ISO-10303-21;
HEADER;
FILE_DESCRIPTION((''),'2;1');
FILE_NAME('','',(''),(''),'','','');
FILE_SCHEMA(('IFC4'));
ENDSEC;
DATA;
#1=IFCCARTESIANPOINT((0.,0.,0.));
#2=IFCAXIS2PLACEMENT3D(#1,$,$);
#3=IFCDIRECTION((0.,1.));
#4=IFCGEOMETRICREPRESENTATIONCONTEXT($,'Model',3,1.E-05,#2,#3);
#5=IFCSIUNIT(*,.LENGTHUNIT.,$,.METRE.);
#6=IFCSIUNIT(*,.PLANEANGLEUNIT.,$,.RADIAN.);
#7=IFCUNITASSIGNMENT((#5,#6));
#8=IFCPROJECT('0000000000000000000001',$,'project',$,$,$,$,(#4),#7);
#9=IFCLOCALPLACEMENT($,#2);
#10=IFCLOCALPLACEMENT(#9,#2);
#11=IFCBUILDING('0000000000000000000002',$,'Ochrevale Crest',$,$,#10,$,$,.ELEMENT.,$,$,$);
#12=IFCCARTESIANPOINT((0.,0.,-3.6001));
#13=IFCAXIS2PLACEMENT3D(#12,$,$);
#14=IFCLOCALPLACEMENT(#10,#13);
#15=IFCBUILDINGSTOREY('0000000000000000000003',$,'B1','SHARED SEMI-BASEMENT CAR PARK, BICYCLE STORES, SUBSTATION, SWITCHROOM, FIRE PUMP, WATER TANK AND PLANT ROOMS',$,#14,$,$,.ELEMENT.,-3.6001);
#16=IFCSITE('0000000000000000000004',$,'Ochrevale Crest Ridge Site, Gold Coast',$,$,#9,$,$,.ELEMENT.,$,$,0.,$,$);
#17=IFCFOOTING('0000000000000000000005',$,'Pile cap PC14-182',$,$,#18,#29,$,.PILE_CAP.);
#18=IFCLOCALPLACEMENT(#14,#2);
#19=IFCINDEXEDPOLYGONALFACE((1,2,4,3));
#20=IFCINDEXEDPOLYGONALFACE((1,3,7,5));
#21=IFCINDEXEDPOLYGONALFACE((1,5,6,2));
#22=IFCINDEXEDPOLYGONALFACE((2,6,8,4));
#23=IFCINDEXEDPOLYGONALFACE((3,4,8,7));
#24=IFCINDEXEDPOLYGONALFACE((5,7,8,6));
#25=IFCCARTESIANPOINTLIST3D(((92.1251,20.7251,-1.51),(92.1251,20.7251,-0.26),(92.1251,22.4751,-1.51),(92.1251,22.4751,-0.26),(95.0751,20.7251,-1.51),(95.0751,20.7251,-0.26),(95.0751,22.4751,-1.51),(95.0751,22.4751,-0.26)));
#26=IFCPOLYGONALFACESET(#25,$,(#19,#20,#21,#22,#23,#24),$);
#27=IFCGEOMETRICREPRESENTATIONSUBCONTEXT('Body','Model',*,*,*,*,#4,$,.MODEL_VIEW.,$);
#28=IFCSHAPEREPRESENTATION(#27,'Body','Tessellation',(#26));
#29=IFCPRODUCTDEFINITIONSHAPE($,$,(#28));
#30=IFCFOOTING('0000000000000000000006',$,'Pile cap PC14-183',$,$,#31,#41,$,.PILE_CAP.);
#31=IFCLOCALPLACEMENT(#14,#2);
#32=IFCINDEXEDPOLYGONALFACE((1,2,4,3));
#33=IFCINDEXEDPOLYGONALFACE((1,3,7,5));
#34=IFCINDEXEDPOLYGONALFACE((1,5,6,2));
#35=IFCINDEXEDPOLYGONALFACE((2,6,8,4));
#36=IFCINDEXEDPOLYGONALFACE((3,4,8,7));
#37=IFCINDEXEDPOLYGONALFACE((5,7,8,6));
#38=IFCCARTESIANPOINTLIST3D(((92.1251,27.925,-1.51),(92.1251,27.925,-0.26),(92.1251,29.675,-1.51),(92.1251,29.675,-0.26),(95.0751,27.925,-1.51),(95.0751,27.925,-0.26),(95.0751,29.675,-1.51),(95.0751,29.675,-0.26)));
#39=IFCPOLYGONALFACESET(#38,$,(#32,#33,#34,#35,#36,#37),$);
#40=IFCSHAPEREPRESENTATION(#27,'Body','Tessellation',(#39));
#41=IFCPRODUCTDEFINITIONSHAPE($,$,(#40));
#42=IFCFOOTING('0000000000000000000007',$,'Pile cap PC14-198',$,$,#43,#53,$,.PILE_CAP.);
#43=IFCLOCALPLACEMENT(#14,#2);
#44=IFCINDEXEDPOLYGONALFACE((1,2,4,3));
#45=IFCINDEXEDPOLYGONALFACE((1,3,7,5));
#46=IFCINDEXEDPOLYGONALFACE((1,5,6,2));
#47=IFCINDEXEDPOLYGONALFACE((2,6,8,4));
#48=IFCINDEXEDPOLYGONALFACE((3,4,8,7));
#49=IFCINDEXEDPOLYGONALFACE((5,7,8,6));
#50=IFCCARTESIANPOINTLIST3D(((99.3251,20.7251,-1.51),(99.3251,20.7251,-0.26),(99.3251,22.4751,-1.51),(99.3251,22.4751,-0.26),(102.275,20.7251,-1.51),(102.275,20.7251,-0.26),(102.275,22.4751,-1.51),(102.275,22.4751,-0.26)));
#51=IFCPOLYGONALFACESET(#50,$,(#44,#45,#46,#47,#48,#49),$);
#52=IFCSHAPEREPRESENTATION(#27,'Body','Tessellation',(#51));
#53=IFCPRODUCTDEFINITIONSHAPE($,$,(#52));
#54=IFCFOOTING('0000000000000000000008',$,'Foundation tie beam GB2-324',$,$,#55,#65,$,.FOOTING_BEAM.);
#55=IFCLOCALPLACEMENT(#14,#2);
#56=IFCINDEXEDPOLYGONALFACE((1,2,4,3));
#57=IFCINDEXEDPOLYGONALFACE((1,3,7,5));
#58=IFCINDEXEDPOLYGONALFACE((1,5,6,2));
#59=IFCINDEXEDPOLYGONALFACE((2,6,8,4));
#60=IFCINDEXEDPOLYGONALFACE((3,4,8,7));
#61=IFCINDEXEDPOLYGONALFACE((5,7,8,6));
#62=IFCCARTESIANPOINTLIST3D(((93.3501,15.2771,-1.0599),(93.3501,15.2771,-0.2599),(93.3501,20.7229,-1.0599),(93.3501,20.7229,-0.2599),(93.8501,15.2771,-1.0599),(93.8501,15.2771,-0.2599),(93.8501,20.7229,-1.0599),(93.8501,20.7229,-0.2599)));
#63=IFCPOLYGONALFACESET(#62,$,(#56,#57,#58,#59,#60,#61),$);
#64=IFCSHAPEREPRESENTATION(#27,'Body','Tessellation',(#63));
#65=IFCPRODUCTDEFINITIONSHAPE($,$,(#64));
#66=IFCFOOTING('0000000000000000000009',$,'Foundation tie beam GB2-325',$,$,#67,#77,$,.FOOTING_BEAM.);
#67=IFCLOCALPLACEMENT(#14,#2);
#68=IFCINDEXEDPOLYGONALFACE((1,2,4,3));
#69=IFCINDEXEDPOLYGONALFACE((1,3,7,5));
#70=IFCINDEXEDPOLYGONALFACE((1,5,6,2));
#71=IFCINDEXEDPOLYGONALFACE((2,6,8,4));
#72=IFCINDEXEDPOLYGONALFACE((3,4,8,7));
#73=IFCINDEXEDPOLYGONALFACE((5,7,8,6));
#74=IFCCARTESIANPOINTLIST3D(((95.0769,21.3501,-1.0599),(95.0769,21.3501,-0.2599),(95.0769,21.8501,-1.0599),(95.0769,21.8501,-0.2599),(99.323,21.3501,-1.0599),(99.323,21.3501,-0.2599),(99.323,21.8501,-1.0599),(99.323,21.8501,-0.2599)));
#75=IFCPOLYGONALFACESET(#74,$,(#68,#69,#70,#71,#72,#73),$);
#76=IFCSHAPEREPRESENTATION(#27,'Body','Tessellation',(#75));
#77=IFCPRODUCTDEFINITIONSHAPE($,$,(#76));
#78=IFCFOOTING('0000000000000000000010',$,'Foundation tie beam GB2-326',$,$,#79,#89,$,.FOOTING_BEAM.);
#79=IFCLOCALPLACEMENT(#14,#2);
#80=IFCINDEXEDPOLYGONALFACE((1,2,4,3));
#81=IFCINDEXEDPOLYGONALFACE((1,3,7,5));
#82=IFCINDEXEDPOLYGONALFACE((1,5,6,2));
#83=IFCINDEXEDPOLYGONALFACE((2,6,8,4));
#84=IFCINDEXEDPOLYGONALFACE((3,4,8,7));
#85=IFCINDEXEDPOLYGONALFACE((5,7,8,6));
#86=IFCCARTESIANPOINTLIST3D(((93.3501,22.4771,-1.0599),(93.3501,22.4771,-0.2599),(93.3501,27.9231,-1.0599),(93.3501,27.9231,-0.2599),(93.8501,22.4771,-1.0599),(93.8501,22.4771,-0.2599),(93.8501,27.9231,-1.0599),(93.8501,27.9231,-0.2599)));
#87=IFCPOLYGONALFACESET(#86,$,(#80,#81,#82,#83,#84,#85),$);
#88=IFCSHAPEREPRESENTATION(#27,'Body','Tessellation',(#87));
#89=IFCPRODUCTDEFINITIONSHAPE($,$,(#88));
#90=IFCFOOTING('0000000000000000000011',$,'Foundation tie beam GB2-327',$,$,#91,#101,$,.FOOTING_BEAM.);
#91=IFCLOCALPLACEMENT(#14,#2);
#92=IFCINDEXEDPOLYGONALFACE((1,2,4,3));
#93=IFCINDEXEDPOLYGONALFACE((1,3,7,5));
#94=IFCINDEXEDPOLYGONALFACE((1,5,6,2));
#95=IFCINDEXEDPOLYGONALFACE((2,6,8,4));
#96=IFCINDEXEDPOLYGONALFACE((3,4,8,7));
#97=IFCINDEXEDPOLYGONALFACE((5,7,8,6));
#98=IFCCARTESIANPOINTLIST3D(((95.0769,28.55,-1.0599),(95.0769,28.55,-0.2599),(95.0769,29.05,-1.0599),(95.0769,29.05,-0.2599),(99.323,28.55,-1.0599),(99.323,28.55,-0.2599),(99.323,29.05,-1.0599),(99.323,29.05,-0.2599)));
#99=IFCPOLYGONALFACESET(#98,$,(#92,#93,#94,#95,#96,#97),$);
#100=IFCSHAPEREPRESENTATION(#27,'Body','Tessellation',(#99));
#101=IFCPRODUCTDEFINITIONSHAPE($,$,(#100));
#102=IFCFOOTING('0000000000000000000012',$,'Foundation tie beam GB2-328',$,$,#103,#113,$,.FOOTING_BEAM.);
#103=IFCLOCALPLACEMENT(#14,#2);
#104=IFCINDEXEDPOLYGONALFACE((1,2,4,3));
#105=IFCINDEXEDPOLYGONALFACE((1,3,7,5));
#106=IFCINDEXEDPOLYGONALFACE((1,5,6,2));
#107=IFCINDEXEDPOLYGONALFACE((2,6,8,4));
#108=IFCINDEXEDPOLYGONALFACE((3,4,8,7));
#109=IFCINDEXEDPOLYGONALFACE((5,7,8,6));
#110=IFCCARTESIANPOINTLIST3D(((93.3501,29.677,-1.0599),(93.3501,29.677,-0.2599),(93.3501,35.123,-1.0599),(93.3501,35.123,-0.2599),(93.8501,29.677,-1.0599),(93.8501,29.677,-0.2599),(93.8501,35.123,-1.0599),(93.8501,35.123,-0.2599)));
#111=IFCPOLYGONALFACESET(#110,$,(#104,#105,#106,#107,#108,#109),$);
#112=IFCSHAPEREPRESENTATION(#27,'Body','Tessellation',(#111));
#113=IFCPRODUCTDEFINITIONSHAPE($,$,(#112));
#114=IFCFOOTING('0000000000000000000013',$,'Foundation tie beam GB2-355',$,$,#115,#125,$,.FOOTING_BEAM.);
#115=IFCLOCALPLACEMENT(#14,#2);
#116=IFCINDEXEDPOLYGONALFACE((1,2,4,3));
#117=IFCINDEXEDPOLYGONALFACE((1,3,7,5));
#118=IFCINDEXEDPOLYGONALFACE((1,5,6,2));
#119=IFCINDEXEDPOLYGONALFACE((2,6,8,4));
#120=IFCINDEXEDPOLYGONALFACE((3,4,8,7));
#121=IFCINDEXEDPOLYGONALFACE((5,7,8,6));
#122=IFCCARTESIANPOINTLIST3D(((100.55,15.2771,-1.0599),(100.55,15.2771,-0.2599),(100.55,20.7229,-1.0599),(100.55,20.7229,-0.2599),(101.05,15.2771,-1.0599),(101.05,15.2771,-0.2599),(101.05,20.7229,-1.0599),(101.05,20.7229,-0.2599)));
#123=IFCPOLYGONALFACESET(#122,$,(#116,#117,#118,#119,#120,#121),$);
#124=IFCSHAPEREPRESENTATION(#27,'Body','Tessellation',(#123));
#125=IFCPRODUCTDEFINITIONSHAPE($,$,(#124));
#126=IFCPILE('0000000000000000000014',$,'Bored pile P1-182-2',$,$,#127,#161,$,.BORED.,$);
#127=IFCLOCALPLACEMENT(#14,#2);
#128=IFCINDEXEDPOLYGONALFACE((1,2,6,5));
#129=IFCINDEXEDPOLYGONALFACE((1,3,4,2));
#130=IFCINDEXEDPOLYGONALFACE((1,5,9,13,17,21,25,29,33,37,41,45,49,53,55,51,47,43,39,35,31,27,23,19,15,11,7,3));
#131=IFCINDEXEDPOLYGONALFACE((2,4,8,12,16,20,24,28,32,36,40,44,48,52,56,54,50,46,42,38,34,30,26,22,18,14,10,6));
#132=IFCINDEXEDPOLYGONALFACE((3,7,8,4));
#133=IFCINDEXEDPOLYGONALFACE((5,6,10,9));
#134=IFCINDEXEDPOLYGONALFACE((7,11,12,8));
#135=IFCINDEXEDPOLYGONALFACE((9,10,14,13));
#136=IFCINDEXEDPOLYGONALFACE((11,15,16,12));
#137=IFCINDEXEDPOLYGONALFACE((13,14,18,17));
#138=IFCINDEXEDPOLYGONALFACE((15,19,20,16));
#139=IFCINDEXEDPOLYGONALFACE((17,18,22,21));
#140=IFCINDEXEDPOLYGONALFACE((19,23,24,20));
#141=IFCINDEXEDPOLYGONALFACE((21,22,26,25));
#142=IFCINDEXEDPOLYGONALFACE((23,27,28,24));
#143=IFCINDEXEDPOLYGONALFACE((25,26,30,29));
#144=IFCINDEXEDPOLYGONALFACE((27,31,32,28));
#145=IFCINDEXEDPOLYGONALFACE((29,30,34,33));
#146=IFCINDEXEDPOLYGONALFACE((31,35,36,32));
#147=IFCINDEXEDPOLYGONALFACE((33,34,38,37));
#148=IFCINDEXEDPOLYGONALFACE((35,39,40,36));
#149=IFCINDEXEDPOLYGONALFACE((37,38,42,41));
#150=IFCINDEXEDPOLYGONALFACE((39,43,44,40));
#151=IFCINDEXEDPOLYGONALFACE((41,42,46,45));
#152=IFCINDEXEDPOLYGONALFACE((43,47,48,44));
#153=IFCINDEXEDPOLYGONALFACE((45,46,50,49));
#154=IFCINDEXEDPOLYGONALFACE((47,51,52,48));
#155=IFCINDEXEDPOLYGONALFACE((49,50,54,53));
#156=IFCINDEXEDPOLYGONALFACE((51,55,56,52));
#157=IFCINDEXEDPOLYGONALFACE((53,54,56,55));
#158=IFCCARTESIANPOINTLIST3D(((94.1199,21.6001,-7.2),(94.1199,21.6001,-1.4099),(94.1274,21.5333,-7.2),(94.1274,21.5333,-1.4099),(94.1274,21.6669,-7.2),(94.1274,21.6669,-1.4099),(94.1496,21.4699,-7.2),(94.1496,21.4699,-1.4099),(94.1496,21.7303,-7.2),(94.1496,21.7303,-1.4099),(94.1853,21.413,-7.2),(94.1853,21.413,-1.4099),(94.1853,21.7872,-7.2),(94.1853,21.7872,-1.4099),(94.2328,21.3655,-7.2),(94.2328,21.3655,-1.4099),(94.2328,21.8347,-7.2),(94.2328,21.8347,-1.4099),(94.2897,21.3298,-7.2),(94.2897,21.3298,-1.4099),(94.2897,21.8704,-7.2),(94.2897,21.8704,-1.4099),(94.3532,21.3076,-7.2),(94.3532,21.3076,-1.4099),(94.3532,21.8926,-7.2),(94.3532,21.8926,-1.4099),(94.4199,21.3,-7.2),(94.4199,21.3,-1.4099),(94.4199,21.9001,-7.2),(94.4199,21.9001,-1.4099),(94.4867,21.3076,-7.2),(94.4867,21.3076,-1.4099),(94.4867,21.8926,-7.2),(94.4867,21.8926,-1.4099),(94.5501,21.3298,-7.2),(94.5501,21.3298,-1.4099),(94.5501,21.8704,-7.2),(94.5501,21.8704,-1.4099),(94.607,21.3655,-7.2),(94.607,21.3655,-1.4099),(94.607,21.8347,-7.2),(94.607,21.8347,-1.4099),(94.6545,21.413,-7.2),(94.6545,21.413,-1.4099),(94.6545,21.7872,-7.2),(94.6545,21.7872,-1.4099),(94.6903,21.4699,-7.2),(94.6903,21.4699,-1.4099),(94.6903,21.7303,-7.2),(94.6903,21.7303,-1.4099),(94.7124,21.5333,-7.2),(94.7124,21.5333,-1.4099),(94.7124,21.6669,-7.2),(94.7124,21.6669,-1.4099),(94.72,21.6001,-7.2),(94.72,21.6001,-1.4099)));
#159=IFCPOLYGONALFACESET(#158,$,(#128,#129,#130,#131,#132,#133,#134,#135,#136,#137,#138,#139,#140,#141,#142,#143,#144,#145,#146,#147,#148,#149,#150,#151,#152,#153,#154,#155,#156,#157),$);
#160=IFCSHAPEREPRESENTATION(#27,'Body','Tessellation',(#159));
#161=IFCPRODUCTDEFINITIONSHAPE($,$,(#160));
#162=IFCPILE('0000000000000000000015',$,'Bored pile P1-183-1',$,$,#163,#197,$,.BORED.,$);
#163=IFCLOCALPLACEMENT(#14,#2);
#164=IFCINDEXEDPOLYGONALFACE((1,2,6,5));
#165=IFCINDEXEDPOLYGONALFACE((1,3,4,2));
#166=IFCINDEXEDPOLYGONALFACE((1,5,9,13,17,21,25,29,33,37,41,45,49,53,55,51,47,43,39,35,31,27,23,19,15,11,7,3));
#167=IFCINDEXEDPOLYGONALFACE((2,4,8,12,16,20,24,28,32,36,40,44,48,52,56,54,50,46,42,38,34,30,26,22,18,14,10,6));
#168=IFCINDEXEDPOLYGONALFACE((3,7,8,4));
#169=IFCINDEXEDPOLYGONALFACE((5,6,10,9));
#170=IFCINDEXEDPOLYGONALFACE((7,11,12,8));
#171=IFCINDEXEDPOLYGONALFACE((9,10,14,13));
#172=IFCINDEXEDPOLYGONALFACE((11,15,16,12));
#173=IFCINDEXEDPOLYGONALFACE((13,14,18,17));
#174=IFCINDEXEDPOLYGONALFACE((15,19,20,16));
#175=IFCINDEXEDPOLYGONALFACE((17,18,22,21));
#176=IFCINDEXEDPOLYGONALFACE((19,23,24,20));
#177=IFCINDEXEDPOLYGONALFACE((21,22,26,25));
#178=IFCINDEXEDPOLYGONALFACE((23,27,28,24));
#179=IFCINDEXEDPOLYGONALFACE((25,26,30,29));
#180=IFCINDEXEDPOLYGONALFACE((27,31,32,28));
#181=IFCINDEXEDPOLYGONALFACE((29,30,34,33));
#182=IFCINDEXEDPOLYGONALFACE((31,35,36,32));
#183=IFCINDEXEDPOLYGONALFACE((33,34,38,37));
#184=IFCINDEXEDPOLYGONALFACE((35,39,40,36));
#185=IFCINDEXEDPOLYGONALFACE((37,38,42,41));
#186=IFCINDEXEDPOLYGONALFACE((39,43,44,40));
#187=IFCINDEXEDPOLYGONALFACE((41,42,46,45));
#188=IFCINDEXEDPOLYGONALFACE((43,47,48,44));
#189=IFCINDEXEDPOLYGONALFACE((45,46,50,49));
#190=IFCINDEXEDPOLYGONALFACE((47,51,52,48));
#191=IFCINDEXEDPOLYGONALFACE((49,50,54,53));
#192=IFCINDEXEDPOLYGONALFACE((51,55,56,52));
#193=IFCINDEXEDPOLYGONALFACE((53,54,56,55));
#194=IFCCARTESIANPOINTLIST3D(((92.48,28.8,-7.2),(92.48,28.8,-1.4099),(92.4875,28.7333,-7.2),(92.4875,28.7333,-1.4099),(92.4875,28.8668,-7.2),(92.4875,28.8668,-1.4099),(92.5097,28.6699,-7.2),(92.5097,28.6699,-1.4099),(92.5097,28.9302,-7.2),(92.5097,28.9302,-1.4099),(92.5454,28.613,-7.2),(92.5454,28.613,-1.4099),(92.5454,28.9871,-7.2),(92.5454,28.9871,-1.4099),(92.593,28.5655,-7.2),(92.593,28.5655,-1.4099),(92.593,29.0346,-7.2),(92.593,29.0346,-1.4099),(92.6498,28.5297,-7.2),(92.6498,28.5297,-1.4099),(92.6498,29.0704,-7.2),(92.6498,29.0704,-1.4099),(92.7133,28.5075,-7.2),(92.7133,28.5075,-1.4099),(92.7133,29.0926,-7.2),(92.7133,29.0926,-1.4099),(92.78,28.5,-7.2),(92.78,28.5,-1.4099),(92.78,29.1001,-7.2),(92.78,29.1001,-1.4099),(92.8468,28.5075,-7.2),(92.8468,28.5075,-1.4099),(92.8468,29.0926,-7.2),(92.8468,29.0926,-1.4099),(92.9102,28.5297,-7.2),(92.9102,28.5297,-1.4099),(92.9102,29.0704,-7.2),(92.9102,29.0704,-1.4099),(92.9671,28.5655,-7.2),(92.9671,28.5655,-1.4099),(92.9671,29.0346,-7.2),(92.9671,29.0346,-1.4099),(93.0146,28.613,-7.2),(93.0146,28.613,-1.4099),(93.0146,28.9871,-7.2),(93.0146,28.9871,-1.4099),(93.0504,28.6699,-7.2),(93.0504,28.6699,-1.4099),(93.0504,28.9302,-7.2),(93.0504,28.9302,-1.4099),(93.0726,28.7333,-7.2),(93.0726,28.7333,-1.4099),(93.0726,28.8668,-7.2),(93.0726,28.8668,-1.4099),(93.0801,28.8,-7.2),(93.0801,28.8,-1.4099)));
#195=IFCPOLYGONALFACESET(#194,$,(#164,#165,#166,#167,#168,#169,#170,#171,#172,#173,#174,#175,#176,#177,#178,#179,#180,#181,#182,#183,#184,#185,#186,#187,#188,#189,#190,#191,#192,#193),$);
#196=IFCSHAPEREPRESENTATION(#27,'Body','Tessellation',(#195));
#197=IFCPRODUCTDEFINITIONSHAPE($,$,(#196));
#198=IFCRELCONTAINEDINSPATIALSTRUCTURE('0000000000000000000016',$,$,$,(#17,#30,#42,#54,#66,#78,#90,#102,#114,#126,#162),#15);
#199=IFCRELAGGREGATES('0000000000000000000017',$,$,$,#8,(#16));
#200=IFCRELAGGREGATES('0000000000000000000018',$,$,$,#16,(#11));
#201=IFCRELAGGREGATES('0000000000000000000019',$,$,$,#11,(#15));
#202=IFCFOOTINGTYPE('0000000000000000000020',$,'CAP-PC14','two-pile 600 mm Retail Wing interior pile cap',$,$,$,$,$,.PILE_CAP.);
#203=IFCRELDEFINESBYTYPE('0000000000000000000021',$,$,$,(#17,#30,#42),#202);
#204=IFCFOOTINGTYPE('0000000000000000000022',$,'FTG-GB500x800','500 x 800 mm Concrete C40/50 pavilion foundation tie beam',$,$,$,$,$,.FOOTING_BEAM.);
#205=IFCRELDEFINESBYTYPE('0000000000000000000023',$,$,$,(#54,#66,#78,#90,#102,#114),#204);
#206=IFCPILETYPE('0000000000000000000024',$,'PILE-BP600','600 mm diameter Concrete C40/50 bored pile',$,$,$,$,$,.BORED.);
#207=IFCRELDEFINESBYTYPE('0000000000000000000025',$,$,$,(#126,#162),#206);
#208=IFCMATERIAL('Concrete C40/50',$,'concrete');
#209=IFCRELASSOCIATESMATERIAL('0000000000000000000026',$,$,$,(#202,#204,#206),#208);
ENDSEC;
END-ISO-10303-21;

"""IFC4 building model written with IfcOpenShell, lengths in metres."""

from ifc_helpers import new_model, si_unit, direction, frame, origin, origin_2d, place, context, subcontext, project, spatial, rectangle, circle, extrude, material, material_profile, profile_set, type_object, element, save


model = new_model("IFC4")

# Units and contexts
model_context = context("Model", 3, precision=1e-05, world=origin(), true_north=direction((0.0, 1.0)))
body_context = subcontext(model_context, "Body", "Model", "MODEL_VIEW")
ifc_project = project(units=[si_unit("LENGTHUNIT", "METRE"), si_unit("PLANEANGLEUNIT", "RADIAN")], contexts=[model_context])

# Site, building, storey
site_placement = place(None, origin())
site = spatial("IfcSite", under=ifc_project, at=site_placement, Name="Ochrevale Crest Ridge Site, Gold Coast", CompositionType="ELEMENT", RefElevation=0.0)
building_placement = place(site_placement, origin())
building = spatial("IfcBuilding", under=site, at=building_placement, Name="Ochrevale Crest", CompositionType="ELEMENT")
storey_placement = place(building_placement, frame((0.0, 0.0, -3.6001)))
storey = spatial("IfcBuildingStorey", under=building, at=storey_placement, Name="B1", Description="SHARED SEMI-BASEMENT CAR PARK, BICYCLE STORES, SUBSTATION, SWITCHROOM, FIRE PUMP, WATER TANK AND PLANT ROOMS", CompositionType="ELEMENT", Elevation=-3.6001)

# Footings
ifc_material_1 = material(Name="Concrete C40/50", Category="concrete")
footing_type_1 = type_object("IfcFootingType", Name="CAP-PC14", Description="two-pile 600 mm Retail Wing interior pile cap", PredefinedType="PILE_CAP", material=ifc_material_1)
for number, where, z_axis, x_axis, name in (
    (1, (93.6001, 21.6001, -1.51), (0.0, 0.0, 1.0), (1.0, 0.0, 0.0), "Pile cap PC14-182"),
    (2, (93.6001, 28.8, -1.51), (0.0, 0.0, 1.0), (1.0, 0.0, 0.0), "Pile cap PC14-183"),
    (3, (100.8, 21.6001, -1.51), (0.0, 0.0, 1.0), (1.0, 0.0, 0.0), "Pile cap PC14-198"),
):
    element("IfcFooting", number, at=place(storey_placement, frame(where, z_axis=z_axis, x_axis=x_axis)), inside=storey, type_object=footing_type_1, Name=name, PredefinedType="PILE_CAP", context=body_context, shape_type="SweptSolid", body=[
        extrude(rectangle(XDim=2.95, YDim=1.75, at=origin_2d()), origin(), (0.0, 0.0, 1.0), 1.25),
    ])
ifc_material_profile_1 = material_profile(ifc_material_1, rectangle(XDim=0.5, YDim=0.8, at=origin_2d()), Name="GB 500x800")
ifc_profile_set_1 = profile_set([ifc_material_profile_1], Name="Concrete C40/50")
footing_type_2 = type_object("IfcFootingType", Name="FTG-GB500x800", Description="500 x 800 mm Concrete C40/50 pavilion foundation tie beam", PredefinedType="FOOTING_BEAM", material=ifc_profile_set_1)
footing_1_placement = place(storey_placement, frame((93.6001, 15.2771, -0.6599), z_axis=(0.0, 1.0, 0.0), x_axis=(-1.0, 0.0, 0.0)))
element("IfcFooting", 4, at=footing_1_placement, inside=storey, type_object=footing_type_2, Name="Foundation tie beam GB2-324", PredefinedType="FOOTING_BEAM", context=body_context, shape_type="SweptSolid", body=[
    extrude(rectangle(XDim=0.5, YDim=0.8, at=origin_2d()), origin(), (0.0, 0.0, 1.0), 5.4458),
])
footing_2_placement = place(storey_placement, frame((95.0769, 21.6001, -0.6599), z_axis=(1.0, 0.0, 0.0), x_axis=(0.0, 1.0, 0.0)))
element("IfcFooting", 5, at=footing_2_placement, inside=storey, type_object=footing_type_2, Name="Foundation tie beam GB2-325", PredefinedType="FOOTING_BEAM", context=body_context, shape_type="SweptSolid", body=[
    extrude(rectangle(XDim=0.5, YDim=0.8, at=origin_2d()), origin(), (0.0, 0.0, 1.0), 4.2461),
])
footing_3_placement = place(storey_placement, frame((93.6001, 22.4771, -0.6599), z_axis=(0.0, 1.0, 0.0), x_axis=(-1.0, 0.0, 0.0)))
element("IfcFooting", 6, at=footing_3_placement, inside=storey, type_object=footing_type_2, Name="Foundation tie beam GB2-326", PredefinedType="FOOTING_BEAM", context=body_context, shape_type="SweptSolid", body=[
    extrude(rectangle(XDim=0.5, YDim=0.8, at=origin_2d()), origin(), (0.0, 0.0, 1.0), 5.446),
])
footing_4_placement = place(storey_placement, frame((95.0769, 28.8, -0.6599), z_axis=(1.0, 0.0, 0.0), x_axis=(0.0, 1.0, 0.0)))
element("IfcFooting", 7, at=footing_4_placement, inside=storey, type_object=footing_type_2, Name="Foundation tie beam GB2-327", PredefinedType="FOOTING_BEAM", context=body_context, shape_type="SweptSolid", body=[
    extrude(rectangle(XDim=0.5, YDim=0.8, at=origin_2d()), origin(), (0.0, 0.0, 1.0), 4.2461),
])
footing_5_placement = place(storey_placement, frame((93.6001, 29.677, -0.6599), z_axis=(0.0, 1.0, 0.0), x_axis=(-1.0, 0.0, 0.0)))
element("IfcFooting", 8, at=footing_5_placement, inside=storey, type_object=footing_type_2, Name="Foundation tie beam GB2-328", PredefinedType="FOOTING_BEAM", context=body_context, shape_type="SweptSolid", body=[
    extrude(rectangle(XDim=0.5, YDim=0.8, at=origin_2d()), origin(), (0.0, 0.0, 1.0), 5.446),
])
footing_6_placement = place(storey_placement, frame((100.8, 15.2771, -0.6599), z_axis=(0.0, 1.0, 0.0), x_axis=(-1.0, 0.0, 0.0)))
element("IfcFooting", 9, at=footing_6_placement, inside=storey, type_object=footing_type_2, Name="Foundation tie beam GB2-355", PredefinedType="FOOTING_BEAM", context=body_context, shape_type="SweptSolid", body=[
    extrude(rectangle(XDim=0.5, YDim=0.8, at=origin_2d()), origin(), (0.0, 0.0, 1.0), 5.4458),
])

# Piles
ifc_material_profile_2 = material_profile(ifc_material_1, circle(Radius=0.3, at=origin_2d()), Name="BORED PILE 600")
ifc_profile_set_2 = profile_set([ifc_material_profile_2], Name="Concrete C40/50")
pile_type = type_object("IfcPileType", Name="PILE-BP600", Description="600 mm diameter Concrete C40/50 bored pile", PredefinedType="BORED", material=ifc_profile_set_2)
for number, where, z_axis, x_axis, name in (
    (10, (94.4199, 21.6001, -1.4099), (0.0, 0.0, -1.0), (1.0, 0.0, 0.0), "Bored pile P1-182-2"),
    (11, (92.78, 28.8, -1.4099), (0.0, 0.0, -1.0), (1.0, 0.0, 0.0), "Bored pile P1-183-1"),
):
    element("IfcPile", number, at=place(storey_placement, frame(where, z_axis=z_axis, x_axis=x_axis)), inside=storey, type_object=pile_type, Name=name, PredefinedType="BORED", context=body_context, shape_type="SweptSolid", body=[
        extrude(circle(Radius=0.3, at=origin_2d()), origin(), (0.0, 0.0, 1.0), 5.79),
    ])

save(model, "model.ifc")
